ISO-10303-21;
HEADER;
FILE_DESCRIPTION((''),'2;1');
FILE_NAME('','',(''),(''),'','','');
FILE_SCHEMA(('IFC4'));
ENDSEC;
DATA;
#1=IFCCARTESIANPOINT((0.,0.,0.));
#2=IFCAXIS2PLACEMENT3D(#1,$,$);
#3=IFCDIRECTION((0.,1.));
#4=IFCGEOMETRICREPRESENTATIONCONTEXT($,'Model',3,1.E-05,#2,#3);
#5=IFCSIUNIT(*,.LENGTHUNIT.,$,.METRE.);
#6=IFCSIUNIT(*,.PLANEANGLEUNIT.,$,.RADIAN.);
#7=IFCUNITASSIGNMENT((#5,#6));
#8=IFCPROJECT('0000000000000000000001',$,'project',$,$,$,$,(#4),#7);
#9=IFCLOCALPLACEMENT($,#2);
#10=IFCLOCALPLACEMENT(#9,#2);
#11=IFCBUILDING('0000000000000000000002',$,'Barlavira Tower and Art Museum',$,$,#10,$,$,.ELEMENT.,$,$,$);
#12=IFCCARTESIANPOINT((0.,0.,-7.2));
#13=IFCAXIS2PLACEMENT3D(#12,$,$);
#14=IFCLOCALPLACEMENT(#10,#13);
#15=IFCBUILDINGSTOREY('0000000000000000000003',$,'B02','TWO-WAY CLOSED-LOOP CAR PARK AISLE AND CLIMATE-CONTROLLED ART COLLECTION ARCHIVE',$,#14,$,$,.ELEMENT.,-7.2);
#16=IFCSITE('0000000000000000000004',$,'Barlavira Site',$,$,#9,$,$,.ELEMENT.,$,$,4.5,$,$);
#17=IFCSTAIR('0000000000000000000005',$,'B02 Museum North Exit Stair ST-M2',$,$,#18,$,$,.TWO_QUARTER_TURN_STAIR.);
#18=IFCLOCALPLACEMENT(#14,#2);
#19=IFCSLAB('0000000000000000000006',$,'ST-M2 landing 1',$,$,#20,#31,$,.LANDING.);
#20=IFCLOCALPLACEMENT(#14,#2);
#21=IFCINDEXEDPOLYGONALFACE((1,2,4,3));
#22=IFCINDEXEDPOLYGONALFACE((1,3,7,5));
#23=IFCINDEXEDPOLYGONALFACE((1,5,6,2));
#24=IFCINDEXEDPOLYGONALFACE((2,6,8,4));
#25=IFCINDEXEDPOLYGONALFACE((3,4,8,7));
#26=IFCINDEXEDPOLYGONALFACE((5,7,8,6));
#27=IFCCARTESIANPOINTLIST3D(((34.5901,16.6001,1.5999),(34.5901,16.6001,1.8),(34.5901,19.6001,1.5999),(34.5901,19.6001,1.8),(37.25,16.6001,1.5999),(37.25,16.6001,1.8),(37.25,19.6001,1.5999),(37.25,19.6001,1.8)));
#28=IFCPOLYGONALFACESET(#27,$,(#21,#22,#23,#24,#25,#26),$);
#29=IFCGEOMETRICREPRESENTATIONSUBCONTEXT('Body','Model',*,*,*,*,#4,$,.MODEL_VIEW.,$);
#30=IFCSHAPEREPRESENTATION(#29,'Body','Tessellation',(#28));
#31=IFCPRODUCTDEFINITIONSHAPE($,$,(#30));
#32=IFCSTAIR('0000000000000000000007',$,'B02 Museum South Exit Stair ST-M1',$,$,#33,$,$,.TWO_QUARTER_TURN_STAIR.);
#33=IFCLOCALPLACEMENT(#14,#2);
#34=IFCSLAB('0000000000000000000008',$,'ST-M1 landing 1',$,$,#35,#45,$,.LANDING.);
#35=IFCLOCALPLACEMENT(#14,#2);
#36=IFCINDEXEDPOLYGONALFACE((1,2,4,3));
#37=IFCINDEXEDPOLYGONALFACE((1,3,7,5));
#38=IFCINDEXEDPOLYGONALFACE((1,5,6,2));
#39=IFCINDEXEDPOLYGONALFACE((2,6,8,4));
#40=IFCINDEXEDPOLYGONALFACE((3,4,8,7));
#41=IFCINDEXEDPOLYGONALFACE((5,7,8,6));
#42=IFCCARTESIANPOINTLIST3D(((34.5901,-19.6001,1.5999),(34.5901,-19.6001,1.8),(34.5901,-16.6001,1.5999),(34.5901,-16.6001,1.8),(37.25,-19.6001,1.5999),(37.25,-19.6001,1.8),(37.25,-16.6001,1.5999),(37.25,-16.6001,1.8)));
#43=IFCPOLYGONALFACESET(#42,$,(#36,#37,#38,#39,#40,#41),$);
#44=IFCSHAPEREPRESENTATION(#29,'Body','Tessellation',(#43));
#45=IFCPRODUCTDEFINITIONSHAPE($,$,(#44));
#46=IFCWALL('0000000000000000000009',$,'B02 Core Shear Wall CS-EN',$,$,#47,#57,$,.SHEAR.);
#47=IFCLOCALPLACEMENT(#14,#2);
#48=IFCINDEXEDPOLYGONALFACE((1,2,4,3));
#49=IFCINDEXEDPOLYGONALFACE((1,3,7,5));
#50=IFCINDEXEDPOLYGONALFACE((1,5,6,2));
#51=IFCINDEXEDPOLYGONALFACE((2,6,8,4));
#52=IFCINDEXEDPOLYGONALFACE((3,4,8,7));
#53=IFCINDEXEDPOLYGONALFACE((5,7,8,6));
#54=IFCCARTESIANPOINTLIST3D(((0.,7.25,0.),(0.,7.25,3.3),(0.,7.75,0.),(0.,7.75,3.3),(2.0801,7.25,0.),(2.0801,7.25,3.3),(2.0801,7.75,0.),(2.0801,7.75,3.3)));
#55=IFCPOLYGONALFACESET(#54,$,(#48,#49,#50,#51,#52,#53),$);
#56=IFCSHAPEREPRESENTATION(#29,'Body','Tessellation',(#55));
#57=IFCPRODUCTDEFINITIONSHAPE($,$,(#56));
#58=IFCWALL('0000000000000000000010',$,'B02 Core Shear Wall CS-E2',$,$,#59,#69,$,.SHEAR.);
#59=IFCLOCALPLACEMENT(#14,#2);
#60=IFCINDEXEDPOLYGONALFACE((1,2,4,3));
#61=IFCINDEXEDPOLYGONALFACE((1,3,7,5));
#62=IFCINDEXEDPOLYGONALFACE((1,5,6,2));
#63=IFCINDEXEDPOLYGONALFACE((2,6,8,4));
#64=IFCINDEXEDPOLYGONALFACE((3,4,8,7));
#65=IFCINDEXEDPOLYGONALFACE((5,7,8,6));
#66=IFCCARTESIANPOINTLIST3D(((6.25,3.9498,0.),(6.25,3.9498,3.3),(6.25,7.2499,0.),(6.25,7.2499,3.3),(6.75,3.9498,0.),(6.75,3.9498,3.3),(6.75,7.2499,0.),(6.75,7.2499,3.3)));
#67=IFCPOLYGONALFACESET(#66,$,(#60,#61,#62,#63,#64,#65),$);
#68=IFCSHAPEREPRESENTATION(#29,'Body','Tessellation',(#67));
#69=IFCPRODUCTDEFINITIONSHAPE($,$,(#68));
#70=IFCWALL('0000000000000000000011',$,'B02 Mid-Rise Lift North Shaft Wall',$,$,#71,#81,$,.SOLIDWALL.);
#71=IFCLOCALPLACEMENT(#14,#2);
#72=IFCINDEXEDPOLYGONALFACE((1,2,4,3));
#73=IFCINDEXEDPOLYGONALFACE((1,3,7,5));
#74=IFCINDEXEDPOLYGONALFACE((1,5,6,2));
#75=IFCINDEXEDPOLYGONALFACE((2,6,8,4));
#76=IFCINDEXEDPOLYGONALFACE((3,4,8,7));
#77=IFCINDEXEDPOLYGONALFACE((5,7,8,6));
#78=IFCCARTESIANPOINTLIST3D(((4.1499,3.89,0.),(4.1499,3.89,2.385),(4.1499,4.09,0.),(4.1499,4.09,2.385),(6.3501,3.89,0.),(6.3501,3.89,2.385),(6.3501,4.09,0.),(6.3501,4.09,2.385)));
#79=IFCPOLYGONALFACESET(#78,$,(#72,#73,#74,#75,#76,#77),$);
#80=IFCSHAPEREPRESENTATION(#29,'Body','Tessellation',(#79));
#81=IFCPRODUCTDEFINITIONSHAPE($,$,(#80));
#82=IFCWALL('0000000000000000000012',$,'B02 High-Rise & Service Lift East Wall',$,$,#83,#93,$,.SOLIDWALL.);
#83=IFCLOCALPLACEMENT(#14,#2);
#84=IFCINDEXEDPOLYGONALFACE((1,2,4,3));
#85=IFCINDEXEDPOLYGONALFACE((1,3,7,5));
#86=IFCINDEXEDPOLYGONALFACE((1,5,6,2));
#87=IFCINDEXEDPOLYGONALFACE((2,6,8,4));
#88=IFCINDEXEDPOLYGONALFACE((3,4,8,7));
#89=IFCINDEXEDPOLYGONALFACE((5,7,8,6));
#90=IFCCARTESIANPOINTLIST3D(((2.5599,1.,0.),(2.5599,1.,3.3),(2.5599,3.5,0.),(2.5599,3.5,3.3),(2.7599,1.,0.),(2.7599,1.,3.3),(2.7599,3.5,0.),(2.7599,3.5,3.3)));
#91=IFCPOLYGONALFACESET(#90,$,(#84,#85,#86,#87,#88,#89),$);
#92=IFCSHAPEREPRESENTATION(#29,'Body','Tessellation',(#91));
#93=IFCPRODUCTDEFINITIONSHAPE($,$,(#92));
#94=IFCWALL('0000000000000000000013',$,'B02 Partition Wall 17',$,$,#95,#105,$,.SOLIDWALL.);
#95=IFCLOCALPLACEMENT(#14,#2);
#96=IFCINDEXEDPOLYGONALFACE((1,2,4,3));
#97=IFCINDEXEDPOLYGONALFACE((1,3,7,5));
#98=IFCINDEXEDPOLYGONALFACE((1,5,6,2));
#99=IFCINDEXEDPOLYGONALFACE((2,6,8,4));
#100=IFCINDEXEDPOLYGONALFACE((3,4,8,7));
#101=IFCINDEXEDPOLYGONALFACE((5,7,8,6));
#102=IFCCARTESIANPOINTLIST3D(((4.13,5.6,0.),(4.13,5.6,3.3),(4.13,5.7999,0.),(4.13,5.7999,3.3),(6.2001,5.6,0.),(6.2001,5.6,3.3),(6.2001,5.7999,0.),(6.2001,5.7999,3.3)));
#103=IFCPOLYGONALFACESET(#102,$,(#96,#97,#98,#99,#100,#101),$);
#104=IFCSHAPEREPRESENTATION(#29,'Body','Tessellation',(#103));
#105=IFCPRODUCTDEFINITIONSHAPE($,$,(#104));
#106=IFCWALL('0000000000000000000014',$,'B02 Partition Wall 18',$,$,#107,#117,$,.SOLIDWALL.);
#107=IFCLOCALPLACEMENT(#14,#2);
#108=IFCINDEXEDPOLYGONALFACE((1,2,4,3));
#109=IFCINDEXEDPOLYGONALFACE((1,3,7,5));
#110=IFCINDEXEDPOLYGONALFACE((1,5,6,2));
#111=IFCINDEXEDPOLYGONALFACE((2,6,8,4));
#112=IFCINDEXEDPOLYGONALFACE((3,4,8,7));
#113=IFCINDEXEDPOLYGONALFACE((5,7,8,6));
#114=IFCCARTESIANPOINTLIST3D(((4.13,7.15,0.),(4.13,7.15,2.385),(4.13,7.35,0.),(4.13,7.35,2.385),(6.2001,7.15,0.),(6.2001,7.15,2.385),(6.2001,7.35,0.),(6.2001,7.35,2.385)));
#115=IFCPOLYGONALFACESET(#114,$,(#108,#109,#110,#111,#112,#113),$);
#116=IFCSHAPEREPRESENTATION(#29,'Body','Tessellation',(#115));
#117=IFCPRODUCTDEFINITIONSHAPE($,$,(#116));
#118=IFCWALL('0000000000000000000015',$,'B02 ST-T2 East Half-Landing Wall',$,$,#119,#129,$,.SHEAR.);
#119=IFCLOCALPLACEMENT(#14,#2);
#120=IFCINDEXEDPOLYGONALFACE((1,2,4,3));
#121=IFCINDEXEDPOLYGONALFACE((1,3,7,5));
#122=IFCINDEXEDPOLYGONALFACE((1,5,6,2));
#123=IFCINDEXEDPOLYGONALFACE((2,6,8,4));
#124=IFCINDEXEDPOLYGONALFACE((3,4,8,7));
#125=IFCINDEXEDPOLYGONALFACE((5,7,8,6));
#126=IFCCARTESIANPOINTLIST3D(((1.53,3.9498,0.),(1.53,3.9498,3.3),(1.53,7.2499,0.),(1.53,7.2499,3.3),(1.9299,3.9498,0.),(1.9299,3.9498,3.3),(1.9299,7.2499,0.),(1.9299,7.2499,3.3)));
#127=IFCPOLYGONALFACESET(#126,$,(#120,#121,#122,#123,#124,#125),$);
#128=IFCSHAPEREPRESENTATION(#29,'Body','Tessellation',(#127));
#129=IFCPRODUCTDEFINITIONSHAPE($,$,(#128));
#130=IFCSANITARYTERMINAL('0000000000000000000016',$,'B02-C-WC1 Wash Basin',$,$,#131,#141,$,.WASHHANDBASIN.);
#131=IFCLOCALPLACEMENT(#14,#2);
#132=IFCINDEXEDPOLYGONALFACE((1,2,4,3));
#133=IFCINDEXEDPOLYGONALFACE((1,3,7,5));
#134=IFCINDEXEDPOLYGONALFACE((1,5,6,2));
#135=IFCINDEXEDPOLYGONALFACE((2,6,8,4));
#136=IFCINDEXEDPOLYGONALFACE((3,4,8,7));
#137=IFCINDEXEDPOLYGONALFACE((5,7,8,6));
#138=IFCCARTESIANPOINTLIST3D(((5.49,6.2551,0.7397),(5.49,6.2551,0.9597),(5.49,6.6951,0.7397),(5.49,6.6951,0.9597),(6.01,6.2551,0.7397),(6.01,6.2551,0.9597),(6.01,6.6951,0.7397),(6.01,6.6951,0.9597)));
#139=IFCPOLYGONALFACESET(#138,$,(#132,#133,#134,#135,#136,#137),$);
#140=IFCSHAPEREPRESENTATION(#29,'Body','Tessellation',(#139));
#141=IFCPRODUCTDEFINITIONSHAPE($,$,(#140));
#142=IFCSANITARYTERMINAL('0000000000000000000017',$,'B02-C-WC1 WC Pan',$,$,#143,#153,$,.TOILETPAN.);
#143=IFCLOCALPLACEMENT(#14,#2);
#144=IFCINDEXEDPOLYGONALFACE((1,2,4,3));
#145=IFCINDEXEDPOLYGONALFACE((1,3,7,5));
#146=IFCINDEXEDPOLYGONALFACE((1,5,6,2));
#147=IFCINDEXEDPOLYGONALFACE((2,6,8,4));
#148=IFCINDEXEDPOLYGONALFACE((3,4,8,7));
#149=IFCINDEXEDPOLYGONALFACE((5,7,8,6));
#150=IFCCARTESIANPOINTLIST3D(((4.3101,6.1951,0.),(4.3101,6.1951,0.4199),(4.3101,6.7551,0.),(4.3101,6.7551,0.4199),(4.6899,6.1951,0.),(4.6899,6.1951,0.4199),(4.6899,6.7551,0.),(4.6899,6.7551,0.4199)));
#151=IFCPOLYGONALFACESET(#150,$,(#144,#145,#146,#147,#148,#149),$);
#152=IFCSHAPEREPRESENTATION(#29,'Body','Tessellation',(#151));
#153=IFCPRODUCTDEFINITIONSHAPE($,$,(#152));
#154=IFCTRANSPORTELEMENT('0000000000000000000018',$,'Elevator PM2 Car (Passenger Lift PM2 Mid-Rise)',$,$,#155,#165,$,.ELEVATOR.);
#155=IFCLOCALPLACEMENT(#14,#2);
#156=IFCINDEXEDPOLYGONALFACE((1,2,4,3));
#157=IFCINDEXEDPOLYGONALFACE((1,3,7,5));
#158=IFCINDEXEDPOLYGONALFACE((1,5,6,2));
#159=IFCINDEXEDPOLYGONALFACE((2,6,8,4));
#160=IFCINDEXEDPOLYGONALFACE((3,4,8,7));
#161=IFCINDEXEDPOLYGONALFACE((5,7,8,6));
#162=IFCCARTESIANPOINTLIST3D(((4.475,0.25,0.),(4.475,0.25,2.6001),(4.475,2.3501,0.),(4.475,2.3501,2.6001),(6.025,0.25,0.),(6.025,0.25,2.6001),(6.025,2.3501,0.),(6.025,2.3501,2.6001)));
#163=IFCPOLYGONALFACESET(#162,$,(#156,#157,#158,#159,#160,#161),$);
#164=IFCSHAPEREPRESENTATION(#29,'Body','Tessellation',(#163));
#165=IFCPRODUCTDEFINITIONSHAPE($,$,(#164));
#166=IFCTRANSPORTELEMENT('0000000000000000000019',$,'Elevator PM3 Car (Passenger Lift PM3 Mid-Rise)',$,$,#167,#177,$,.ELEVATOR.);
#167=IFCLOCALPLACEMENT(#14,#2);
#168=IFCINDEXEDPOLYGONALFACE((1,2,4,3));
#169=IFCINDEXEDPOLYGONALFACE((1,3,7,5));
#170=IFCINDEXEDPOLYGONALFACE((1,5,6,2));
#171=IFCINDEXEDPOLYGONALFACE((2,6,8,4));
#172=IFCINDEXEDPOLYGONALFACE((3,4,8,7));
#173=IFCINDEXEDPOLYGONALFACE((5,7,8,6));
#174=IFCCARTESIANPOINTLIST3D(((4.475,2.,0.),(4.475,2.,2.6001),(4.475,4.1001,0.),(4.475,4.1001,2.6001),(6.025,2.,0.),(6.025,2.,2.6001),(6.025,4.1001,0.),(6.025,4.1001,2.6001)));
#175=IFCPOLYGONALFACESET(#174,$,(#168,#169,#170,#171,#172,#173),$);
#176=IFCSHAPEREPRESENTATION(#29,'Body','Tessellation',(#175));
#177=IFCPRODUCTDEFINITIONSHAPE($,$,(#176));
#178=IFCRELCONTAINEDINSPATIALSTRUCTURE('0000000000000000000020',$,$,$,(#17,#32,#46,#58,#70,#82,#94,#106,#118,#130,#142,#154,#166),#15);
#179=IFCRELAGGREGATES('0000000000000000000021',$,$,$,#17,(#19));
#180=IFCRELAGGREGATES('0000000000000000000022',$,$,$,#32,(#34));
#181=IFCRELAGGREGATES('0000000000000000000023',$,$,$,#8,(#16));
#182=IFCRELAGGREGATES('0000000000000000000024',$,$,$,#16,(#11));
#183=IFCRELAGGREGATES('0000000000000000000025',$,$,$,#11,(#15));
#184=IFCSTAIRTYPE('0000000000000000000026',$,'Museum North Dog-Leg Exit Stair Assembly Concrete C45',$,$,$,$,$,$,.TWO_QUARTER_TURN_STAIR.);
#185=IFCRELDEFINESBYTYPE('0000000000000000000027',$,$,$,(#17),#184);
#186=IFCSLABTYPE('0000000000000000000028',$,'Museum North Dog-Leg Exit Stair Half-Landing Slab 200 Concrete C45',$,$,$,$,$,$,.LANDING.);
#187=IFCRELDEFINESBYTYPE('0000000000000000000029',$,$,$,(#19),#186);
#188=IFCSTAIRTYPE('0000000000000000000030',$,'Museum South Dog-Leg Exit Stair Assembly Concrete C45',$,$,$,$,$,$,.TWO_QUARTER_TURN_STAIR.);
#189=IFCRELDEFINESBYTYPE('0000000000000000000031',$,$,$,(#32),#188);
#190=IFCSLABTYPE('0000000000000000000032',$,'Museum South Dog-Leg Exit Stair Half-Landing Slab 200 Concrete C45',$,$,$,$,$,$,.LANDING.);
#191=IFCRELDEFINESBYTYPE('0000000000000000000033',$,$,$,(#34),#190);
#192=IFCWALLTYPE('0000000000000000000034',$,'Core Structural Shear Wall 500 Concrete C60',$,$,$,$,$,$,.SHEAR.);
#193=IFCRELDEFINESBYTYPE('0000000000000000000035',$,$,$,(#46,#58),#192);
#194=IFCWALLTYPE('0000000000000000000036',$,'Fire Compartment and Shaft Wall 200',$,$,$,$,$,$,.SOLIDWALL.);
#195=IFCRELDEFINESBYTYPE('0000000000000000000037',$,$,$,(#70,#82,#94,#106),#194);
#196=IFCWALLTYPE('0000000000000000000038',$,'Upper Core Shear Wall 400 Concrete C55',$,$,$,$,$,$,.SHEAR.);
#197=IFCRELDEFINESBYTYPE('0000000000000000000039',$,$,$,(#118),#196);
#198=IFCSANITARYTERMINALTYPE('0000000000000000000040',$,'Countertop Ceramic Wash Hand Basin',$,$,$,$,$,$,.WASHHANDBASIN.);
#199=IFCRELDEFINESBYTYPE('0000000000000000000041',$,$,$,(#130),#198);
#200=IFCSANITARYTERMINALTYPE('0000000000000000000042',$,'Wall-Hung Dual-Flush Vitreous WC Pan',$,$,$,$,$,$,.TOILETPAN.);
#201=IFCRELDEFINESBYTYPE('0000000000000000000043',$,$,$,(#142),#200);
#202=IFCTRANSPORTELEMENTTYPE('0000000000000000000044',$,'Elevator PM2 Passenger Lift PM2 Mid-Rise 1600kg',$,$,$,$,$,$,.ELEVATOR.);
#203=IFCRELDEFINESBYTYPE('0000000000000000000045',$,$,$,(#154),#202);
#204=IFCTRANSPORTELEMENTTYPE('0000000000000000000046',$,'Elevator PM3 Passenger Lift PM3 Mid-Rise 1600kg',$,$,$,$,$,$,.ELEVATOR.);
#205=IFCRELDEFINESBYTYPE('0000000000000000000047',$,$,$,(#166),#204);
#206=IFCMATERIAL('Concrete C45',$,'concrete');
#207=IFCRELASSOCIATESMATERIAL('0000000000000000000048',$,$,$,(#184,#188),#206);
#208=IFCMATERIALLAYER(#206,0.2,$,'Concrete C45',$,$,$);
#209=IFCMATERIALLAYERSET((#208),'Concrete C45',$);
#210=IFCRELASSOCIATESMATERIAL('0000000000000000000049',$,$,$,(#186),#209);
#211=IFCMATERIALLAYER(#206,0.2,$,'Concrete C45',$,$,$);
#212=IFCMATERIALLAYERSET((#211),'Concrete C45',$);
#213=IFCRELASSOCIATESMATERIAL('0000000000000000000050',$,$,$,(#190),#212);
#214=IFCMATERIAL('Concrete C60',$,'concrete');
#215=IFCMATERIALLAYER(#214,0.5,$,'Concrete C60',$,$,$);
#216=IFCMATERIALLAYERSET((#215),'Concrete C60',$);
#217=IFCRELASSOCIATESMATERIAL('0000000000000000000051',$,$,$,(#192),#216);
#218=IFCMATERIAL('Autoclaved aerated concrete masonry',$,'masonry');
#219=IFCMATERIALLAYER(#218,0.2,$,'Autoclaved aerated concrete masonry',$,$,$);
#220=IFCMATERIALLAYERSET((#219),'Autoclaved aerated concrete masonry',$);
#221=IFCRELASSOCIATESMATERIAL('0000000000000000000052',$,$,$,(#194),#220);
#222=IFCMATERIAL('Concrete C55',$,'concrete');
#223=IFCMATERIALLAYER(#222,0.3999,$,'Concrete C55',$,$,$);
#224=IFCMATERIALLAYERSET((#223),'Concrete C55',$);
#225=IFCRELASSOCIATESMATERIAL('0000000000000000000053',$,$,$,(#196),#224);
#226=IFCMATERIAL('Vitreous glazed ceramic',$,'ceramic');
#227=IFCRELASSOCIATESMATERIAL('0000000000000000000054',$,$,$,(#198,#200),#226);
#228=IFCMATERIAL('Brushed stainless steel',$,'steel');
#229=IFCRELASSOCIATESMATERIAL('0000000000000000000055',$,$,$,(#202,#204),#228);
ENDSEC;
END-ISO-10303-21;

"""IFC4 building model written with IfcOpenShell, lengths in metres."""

from ifc_helpers import new_model, si_unit, direction, frame, frame_2d, origin, origin_2d, place, context, subcontext, project, spatial, polyline, rectangle, outline, extrude, material, layer, layer_set, type_object, element, aggregate, save


model = new_model("IFC4")

# Units and contexts
model_context = context("Model", 3, precision=1e-05, world=origin(), true_north=direction((0.0, 1.0)))
body_context = subcontext(model_context, "Body", "Model", "MODEL_VIEW")
ifc_project = project(units=[si_unit("LENGTHUNIT", "METRE"), si_unit("PLANEANGLEUNIT", "RADIAN")], contexts=[model_context])

# Site, building, storey
site_placement = place(None, origin())
site = spatial("IfcSite", under=ifc_project, at=site_placement, Name="Barlavira Site", CompositionType="ELEMENT", RefElevation=4.5)
building_placement = place(site_placement, origin())
building = spatial("IfcBuilding", under=site, at=building_placement, Name="Barlavira Tower and Art Museum", CompositionType="ELEMENT")
storey_placement = place(building_placement, frame((0.0, 0.0, -7.2)))
storey = spatial("IfcBuildingStorey", under=building, at=storey_placement, Name="B02", Description="TWO-WAY CLOSED-LOOP CAR PARK AISLE AND CLIMATE-CONTROLLED ART COLLECTION ARCHIVE", CompositionType="ELEMENT", Elevation=-7.2)

# Shared definitions
ifc_material_1 = material(Name="Concrete C60", Category="concrete")

# Stairs, slabs
ifc_material_2 = material(Name="Concrete C45", Category="concrete")
stair_type_1 = type_object("IfcStairType", Name="Museum North Dog-Leg Exit Stair Assembly Concrete C45", PredefinedType="TWO_QUARTER_TURN_STAIR", material=ifc_material_2)
stair_1_placement = place(storey_placement, origin())
stair_1 = element("IfcStair", 1, at=stair_1_placement, inside=storey, type_object=stair_type_1, Name="B02 Museum North Exit Stair ST-M2", PredefinedType="TWO_QUARTER_TURN_STAIR")
ifc_layer_1 = layer(ifc_material_2, 0.2, Name="Concrete C45")
ifc_layer_set_1 = layer_set([ifc_layer_1], Name="Concrete C45")
slab_type_1 = type_object("IfcSlabType", Name="Museum North Dog-Leg Exit Stair Half-Landing Slab 200 Concrete C45", PredefinedType="LANDING", material=ifc_layer_set_1)
slab_1_placement = place(storey_placement, frame((0.0, 0.0, 1.5999)))
slab_1 = element("IfcSlab", 2, at=slab_1_placement, type_object=slab_type_1, Name="ST-M2 landing 1", PredefinedType="LANDING", context=body_context, shape_type="SweptSolid", body=[
    extrude(outline(polyline([(34.5901, 16.6001), (37.25, 16.6001), (37.25, 19.6001), (34.5901, 19.6001), (34.5901, 16.6001)])), origin(), (0.0, 0.0, 1.0), 0.2002),
])
aggregate(stair_1, [slab_1])
stair_type_2 = type_object("IfcStairType", Name="Museum South Dog-Leg Exit Stair Assembly Concrete C45", PredefinedType="TWO_QUARTER_TURN_STAIR", material=ifc_material_2)
stair_2_placement = place(storey_placement, origin())
stair_2 = element("IfcStair", 3, at=stair_2_placement, inside=storey, type_object=stair_type_2, Name="B02 Museum South Exit Stair ST-M1", PredefinedType="TWO_QUARTER_TURN_STAIR")
ifc_layer_2 = layer(ifc_material_2, 0.2, Name="Concrete C45")
ifc_layer_set_2 = layer_set([ifc_layer_2], Name="Concrete C45")
slab_type_2 = type_object("IfcSlabType", Name="Museum South Dog-Leg Exit Stair Half-Landing Slab 200 Concrete C45", PredefinedType="LANDING", material=ifc_layer_set_2)
slab_2_placement = place(storey_placement, frame((0.0, 0.0, 1.5999)))
slab_2 = element("IfcSlab", 4, at=slab_2_placement, type_object=slab_type_2, Name="ST-M1 landing 1", PredefinedType="LANDING", context=body_context, shape_type="SweptSolid", body=[
    extrude(outline(polyline([(34.5901, -19.6001), (37.25, -19.6001), (37.25, -16.6001), (34.5901, -16.6001), (34.5901, -19.6001)])), origin(), (0.0, 0.0, 1.0), 0.2002),
])
aggregate(stair_2, [slab_2])

# Walls
ifc_layer_3 = layer(ifc_material_1, 0.5, Name="Concrete C60")
ifc_layer_set_3 = layer_set([ifc_layer_3], Name="Concrete C60")
wall_type_1 = type_object("IfcWallType", Name="Core Structural Shear Wall 500 Concrete C60", PredefinedType="SHEAR", material=ifc_layer_set_3)
wall_1_placement = place(storey_placement, frame((0.0, 7.5, 0.0), z_axis=(0.0, 0.0, 1.0), x_axis=(1.0, 0.0, 0.0)))
element("IfcWall", 5, at=wall_1_placement, inside=storey, type_object=wall_type_1, Name="B02 Core Shear Wall CS-EN", PredefinedType="SHEAR", context=body_context, shape_type="SweptSolid", body=[
    extrude(rectangle(XDim=2.0801, YDim=0.5, at=frame_2d((1.04, 0.0))), origin(), (0.0, 0.0, 1.0), 3.3),
])
wall_2_placement = place(storey_placement, frame((6.5, 3.95, 0.0), z_axis=(0.0, 0.0, 1.0), x_axis=(0.0, 1.0, 0.0)))
element("IfcWall", 6, at=wall_2_placement, inside=storey, type_object=wall_type_1, Name="B02 Core Shear Wall CS-E2", PredefinedType="SHEAR", context=body_context, shape_type="SweptSolid", body=[
    extrude(rectangle(XDim=3.3, YDim=0.5, at=frame_2d((1.6499, 0.0))), origin(), (0.0, 0.0, 1.0), 3.3),
])
ifc_material_3 = material(Name="Autoclaved aerated concrete masonry", Category="masonry")
ifc_layer_4 = layer(ifc_material_3, 0.2, Name="Autoclaved aerated concrete masonry")
ifc_layer_set_4 = layer_set([ifc_layer_4], Name="Autoclaved aerated concrete masonry")
wall_type_2 = type_object("IfcWallType", Name="Fire Compartment and Shaft Wall 200", PredefinedType="SOLIDWALL", material=ifc_layer_set_4)
wall_3_placement = place(storey_placement, frame((4.1499, 3.99, 0.0), z_axis=(0.0, 0.0, 1.0), x_axis=(1.0, 0.0, 0.0)))
element("IfcWall", 7, at=wall_3_placement, inside=storey, type_object=wall_type_2, Name="B02 Mid-Rise Lift North Shaft Wall", PredefinedType="SOLIDWALL", context=body_context, shape_type="SweptSolid", body=[
    extrude(rectangle(XDim=2.2002, YDim=0.2, at=frame_2d((1.1001, 0.0))), origin(), (0.0, 0.0, 1.0), 2.385),
])
wall_4_placement = place(storey_placement, frame((2.6599, 1.0, 0.0), z_axis=(0.0, 0.0, 1.0), x_axis=(0.0, 1.0, 0.0)))
element("IfcWall", 8, at=wall_4_placement, inside=storey, type_object=wall_type_2, Name="B02 High-Rise & Service Lift East Wall", PredefinedType="SOLIDWALL", context=body_context, shape_type="SweptSolid", body=[
    extrude(rectangle(XDim=2.5, YDim=0.2, at=frame_2d((1.25, 0.0))), origin(), (0.0, 0.0, 1.0), 3.3),
])

# Shared definitions
ifc_material_4 = material(Name="Brushed stainless steel", Category="steel")

# Walls
wall_5_placement = place(storey_placement, frame((4.1299, 5.7, 0.0), z_axis=(0.0, 0.0, 1.0), x_axis=(1.0, 0.0, 0.0)))
element("IfcWall", 9, at=wall_5_placement, inside=storey, type_object=wall_type_2, Name="B02 Partition Wall 17", PredefinedType="SOLIDWALL", context=body_context, shape_type="SweptSolid", body=[
    extrude(rectangle(XDim=2.0701, YDim=0.2, at=frame_2d((1.0352, 0.0))), origin(), (0.0, 0.0, 1.0), 3.3),
])
wall_6_placement = place(storey_placement, frame((4.1299, 7.25, 0.0), z_axis=(0.0, 0.0, 1.0), x_axis=(1.0, 0.0, 0.0)))
element("IfcWall", 10, at=wall_6_placement, inside=storey, type_object=wall_type_2, Name="B02 Partition Wall 18", PredefinedType="SOLIDWALL", context=body_context, shape_type="SweptSolid", body=[
    extrude(rectangle(XDim=2.0701, YDim=0.2, at=frame_2d((1.0352, 0.0))), origin(), (0.0, 0.0, 1.0), 2.385),
])
ifc_material_5 = material(Name="Concrete C55", Category="concrete")
ifc_layer_5 = layer(ifc_material_5, 0.3999, Name="Concrete C55")
ifc_layer_set_5 = layer_set([ifc_layer_5], Name="Concrete C55")
wall_type_3 = type_object("IfcWallType", Name="Upper Core Shear Wall 400 Concrete C55", PredefinedType="SHEAR", material=ifc_layer_set_5)
wall_7_placement = place(storey_placement, frame((1.73, 3.95, 0.0), z_axis=(0.0, 0.0, 1.0), x_axis=(0.0, 1.0, 0.0)))
element("IfcWall", 11, at=wall_7_placement, inside=storey, type_object=wall_type_3, Name="B02 ST-T2 East Half-Landing Wall", PredefinedType="SHEAR", context=body_context, shape_type="SweptSolid", body=[
    extrude(rectangle(XDim=3.3, YDim=0.3999, at=frame_2d((1.6499, 0.0))), origin(), (0.0, 0.0, 1.0), 3.3),
])

# Sanitary terminals
ifc_material_6 = material(Name="Vitreous glazed ceramic", Category="ceramic")
sanitary_terminal_type_1 = type_object("IfcSanitaryTerminalType", Name="Countertop Ceramic Wash Hand Basin", PredefinedType="WASHHANDBASIN", material=ifc_material_6)
sanitary_terminal_1_placement = place(storey_placement, frame((5.75, 6.4751, 0.7397), z_axis=(0.0, 0.0, 1.0), x_axis=(1.0, 0.0, 0.0)))
element("IfcSanitaryTerminal", 12, at=sanitary_terminal_1_placement, inside=storey, type_object=sanitary_terminal_type_1, Name="B02-C-WC1 Wash Basin", PredefinedType="WASHHANDBASIN", context=body_context, shape_type="SweptSolid", body=[
    extrude(rectangle(XDim=0.52, YDim=0.4399, at=origin_2d()), origin(), (0.0, 0.0, 1.0), 0.22),
])
sanitary_terminal_type_2 = type_object("IfcSanitaryTerminalType", Name="Wall-Hung Dual-Flush Vitreous WC Pan", PredefinedType="TOILETPAN", material=ifc_material_6)
sanitary_terminal_2_placement = place(storey_placement, frame((4.5, 6.4751, 0.0), z_axis=(0.0, 0.0, 1.0), x_axis=(1.0, 0.0, 0.0)))
element("IfcSanitaryTerminal", 13, at=sanitary_terminal_2_placement, inside=storey, type_object=sanitary_terminal_type_2, Name="B02-C-WC1 WC Pan", PredefinedType="TOILETPAN", context=body_context, shape_type="SweptSolid", body=[
    extrude(rectangle(XDim=0.3799, YDim=0.5601, at=origin_2d()), origin(), (0.0, 0.0, 1.0), 0.4199),
])

# Transport elements
transport_element_type_1 = type_object("IfcTransportElementType", Name="Elevator PM2 Passenger Lift PM2 Mid-Rise 1600kg", PredefinedType="ELEVATOR", material=ifc_material_4)
transport_element_1_placement = place(storey_placement, frame((5.25, 1.3, 0.0), z_axis=(0.0, 0.0, 1.0), x_axis=(1.0, 0.0, 0.0)))
element("IfcTransportElement", 14, at=transport_element_1_placement, inside=storey, type_object=transport_element_type_1, Name="Elevator PM2 Car (Passenger Lift PM2 Mid-Rise)", PredefinedType="ELEVATOR", context=body_context, shape_type="SweptSolid", body=[
    extrude(rectangle(XDim=1.55, YDim=2.1001, at=origin_2d()), origin(), (0.0, 0.0, 1.0), 2.6001),
])
transport_element_type_2 = type_object("IfcTransportElementType", Name="Elevator PM3 Passenger Lift PM3 Mid-Rise 1600kg", PredefinedType="ELEVATOR", material=ifc_material_4)
transport_element_2_placement = place(storey_placement, frame((5.25, 3.05, 0.0), z_axis=(0.0, 0.0, 1.0), x_axis=(1.0, 0.0, 0.0)))
element("IfcTransportElement", 15, at=transport_element_2_placement, inside=storey, type_object=transport_element_type_2, Name="Elevator PM3 Car (Passenger Lift PM3 Mid-Rise)", PredefinedType="ELEVATOR", context=body_context, shape_type="SweptSolid", body=[
    extrude(rectangle(XDim=1.55, YDim=2.1001, at=origin_2d()), origin(), (0.0, 0.0, 1.0), 2.6001),
])

save(model, "model.ifc")
